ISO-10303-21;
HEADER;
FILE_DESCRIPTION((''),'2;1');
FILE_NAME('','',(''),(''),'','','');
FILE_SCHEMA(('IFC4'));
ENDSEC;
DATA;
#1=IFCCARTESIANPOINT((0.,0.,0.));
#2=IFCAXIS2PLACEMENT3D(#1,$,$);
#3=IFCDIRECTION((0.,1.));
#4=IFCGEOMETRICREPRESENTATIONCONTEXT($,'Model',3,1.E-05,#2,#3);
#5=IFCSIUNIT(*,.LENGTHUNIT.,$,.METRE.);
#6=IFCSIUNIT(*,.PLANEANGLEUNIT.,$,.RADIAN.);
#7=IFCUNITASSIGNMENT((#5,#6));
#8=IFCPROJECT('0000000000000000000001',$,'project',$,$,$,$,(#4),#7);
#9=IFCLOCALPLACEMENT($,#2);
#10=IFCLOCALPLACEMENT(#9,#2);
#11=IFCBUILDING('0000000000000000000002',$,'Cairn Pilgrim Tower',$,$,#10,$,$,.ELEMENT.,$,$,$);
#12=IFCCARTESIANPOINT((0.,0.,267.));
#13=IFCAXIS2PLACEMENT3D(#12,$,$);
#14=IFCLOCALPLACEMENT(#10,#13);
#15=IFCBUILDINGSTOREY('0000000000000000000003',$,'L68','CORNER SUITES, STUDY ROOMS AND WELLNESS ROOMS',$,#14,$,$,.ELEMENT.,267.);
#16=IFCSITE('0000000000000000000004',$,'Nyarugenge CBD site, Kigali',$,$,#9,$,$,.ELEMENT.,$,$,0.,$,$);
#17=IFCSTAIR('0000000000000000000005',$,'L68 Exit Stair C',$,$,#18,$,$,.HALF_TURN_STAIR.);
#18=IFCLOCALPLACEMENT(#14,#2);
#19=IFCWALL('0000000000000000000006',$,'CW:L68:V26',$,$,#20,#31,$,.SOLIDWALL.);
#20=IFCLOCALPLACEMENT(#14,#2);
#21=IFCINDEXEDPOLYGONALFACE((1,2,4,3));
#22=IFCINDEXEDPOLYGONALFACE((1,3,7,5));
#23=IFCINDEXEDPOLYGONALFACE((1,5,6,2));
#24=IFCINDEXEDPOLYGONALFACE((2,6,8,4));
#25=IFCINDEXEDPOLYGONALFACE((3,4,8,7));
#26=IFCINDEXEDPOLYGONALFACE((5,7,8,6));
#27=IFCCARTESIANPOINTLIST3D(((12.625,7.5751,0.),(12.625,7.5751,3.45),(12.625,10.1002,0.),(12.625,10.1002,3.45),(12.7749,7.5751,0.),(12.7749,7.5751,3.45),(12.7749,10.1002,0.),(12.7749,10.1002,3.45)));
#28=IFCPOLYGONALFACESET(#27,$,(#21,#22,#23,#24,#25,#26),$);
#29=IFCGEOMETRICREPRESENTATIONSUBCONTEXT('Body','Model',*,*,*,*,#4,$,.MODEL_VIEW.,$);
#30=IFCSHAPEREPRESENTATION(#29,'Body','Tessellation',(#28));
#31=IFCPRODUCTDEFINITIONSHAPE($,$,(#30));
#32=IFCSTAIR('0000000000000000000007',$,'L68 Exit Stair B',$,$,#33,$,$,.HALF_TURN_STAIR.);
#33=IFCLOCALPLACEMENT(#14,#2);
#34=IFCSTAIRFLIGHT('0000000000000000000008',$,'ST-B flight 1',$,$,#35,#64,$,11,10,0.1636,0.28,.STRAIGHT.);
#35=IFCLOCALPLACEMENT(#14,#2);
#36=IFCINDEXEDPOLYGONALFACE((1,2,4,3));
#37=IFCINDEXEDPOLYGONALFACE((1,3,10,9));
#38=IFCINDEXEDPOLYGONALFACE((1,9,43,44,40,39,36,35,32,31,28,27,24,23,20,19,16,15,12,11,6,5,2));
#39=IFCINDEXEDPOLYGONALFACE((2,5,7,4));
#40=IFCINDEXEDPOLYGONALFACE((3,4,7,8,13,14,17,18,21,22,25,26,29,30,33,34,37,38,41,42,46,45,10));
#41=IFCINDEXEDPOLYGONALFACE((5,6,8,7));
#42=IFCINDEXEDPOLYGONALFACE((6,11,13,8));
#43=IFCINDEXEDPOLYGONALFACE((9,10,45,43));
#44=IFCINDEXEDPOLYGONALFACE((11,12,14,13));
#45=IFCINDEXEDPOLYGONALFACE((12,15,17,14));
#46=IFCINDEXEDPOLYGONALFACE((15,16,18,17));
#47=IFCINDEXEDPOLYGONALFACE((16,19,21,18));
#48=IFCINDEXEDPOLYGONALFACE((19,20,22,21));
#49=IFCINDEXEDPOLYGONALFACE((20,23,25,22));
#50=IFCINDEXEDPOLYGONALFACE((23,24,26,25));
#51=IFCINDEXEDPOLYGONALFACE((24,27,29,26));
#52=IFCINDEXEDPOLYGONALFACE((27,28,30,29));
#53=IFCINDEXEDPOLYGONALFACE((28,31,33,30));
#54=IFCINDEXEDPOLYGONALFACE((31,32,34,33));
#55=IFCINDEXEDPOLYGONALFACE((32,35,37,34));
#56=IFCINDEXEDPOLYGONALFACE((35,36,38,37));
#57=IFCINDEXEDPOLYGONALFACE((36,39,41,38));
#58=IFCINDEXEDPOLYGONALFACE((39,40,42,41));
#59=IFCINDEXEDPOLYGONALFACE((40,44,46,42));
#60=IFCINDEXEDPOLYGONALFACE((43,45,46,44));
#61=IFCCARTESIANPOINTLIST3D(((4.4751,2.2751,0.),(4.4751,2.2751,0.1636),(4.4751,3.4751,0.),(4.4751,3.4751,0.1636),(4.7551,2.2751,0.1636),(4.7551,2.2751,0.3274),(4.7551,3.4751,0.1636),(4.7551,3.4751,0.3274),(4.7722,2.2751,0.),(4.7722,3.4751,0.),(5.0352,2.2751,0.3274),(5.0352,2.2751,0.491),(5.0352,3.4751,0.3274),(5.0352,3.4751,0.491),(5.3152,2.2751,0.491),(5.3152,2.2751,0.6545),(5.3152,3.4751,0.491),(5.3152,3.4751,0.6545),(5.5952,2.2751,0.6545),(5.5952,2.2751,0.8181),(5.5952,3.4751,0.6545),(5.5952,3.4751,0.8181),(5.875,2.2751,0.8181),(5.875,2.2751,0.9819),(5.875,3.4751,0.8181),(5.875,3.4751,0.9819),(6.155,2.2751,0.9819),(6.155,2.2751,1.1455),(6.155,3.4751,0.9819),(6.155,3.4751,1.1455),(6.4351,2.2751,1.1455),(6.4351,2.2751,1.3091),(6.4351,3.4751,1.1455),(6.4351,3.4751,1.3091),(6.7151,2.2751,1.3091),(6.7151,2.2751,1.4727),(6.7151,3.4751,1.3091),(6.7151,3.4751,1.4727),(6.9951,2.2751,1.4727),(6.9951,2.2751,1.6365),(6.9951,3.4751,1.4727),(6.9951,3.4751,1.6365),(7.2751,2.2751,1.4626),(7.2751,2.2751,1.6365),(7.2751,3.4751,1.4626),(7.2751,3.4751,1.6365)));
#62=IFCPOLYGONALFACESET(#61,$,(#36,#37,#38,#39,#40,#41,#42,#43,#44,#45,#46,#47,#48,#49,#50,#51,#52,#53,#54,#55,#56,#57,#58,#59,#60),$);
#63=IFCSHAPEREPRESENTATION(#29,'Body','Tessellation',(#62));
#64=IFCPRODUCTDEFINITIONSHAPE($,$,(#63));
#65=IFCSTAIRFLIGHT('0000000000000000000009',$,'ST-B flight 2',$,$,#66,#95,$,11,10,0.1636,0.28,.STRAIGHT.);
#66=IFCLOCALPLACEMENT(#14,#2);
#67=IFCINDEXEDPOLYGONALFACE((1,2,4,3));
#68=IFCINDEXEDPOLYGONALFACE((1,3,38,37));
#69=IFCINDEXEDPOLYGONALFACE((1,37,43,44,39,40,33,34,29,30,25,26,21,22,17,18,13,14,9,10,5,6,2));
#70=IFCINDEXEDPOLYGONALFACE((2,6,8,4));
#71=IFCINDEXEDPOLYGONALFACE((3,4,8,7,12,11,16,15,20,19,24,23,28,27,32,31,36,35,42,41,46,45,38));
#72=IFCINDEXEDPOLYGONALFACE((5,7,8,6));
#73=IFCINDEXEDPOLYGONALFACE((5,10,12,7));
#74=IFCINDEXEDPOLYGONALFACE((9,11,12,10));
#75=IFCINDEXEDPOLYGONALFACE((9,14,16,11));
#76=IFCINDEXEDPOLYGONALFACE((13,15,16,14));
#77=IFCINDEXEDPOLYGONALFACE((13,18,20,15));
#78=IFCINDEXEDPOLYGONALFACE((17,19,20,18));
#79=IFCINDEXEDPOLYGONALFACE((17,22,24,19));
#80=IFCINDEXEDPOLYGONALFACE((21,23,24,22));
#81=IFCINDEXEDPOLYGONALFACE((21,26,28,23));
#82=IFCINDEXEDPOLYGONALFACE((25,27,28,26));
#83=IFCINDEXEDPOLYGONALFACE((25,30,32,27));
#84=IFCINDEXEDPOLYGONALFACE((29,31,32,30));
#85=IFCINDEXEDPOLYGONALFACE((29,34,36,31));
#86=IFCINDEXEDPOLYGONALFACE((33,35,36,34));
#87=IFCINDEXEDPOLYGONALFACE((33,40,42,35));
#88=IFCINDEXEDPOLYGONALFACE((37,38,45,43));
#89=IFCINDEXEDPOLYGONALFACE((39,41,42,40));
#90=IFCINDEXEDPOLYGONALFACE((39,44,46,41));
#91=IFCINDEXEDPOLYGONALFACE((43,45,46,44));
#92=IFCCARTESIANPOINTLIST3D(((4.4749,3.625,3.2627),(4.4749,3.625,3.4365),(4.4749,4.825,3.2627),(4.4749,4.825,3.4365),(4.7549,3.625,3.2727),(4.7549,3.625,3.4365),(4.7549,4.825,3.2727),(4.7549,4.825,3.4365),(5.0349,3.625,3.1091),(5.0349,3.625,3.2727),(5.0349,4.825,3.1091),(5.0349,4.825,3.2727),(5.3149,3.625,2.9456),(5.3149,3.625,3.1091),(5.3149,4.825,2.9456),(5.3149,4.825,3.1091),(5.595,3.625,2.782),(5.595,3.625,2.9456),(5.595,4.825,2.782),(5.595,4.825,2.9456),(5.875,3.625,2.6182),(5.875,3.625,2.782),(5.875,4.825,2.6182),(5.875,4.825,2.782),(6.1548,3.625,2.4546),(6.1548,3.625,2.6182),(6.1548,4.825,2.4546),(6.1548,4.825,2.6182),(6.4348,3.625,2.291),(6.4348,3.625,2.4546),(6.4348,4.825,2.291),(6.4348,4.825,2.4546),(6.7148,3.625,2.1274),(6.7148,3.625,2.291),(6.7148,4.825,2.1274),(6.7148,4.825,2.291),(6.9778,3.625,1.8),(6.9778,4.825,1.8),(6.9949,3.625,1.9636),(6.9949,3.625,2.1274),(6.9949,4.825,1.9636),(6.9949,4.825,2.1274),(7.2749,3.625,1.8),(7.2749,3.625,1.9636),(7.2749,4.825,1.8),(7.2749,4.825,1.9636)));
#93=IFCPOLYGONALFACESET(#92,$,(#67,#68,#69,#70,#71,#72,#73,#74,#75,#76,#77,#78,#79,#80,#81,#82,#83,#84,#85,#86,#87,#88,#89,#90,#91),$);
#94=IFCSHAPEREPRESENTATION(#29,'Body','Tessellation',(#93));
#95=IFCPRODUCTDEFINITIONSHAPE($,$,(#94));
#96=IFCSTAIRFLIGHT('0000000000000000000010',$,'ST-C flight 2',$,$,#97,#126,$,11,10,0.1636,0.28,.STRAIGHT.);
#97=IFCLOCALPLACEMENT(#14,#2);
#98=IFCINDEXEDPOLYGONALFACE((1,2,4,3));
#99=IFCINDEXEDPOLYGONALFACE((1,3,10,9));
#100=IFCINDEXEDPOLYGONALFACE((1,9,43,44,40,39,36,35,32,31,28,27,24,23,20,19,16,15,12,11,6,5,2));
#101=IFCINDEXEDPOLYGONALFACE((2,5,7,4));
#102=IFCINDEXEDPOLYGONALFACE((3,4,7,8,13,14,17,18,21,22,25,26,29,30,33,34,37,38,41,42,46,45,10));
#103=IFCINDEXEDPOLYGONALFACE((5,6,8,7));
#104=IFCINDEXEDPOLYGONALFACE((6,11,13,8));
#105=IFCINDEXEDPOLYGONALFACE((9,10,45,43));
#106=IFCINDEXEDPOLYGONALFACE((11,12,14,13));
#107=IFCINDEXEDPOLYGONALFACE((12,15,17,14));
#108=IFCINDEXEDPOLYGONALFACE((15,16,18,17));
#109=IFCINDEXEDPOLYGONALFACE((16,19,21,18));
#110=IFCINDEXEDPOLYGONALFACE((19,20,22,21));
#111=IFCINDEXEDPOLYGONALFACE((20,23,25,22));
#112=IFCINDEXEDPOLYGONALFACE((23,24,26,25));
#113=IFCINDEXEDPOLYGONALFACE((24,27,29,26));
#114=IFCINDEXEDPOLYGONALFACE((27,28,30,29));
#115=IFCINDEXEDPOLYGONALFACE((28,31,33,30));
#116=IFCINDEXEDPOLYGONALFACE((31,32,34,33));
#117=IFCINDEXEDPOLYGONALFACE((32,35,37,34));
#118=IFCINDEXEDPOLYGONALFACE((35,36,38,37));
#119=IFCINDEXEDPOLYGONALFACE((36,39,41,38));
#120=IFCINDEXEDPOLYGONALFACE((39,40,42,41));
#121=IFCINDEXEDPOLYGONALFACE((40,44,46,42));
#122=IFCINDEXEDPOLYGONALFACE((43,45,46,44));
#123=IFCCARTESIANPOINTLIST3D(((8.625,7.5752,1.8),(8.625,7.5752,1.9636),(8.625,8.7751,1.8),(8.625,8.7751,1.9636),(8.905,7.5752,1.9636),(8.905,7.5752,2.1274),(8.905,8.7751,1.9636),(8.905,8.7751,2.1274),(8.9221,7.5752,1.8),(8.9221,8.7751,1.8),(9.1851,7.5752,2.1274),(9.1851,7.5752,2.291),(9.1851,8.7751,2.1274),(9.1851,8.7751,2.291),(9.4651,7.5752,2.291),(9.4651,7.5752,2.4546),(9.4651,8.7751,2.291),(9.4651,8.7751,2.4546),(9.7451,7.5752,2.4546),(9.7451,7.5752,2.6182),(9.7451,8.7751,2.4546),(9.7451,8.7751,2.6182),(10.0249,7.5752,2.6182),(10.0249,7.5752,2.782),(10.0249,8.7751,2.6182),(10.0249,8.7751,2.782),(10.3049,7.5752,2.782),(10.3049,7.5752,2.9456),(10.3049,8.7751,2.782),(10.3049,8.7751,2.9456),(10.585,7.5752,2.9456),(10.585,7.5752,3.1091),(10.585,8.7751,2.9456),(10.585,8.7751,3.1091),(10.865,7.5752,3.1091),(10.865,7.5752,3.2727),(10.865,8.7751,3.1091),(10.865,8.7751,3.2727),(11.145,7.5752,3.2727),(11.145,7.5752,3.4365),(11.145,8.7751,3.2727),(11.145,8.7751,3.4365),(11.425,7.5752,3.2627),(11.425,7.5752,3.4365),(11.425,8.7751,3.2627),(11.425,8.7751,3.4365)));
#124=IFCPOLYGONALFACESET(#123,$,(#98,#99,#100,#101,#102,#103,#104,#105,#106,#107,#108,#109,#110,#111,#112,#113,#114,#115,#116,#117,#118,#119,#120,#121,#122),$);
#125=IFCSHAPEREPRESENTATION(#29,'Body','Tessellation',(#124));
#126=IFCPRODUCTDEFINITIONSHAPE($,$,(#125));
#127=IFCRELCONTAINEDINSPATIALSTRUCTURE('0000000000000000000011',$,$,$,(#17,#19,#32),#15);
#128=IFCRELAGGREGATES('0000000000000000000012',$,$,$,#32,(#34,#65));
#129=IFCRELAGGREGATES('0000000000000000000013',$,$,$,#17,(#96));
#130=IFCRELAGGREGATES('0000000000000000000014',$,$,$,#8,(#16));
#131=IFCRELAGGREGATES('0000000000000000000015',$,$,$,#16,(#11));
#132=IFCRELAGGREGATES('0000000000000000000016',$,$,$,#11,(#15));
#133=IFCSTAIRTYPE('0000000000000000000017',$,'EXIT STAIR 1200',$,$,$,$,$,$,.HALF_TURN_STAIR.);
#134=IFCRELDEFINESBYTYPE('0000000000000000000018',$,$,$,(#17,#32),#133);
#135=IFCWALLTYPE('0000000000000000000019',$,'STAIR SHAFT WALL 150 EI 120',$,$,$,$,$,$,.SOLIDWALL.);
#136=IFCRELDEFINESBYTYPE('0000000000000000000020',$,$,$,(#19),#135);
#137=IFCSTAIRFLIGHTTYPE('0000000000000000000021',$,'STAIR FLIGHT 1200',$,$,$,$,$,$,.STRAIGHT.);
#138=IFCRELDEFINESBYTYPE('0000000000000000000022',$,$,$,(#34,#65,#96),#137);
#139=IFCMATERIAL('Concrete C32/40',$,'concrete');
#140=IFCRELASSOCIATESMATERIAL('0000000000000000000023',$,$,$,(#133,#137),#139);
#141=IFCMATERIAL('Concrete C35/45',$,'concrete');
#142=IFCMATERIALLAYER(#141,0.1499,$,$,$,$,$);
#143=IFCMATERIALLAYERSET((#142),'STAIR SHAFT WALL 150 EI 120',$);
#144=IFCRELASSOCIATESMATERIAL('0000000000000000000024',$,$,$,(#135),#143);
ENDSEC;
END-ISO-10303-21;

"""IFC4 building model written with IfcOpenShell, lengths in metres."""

from ifc_helpers import new_model, si_unit, direction, frame, frame_2d, origin, place, context, subcontext, project, spatial, polyline, rectangle, outline, extrude, material, layer, layer_set, type_object, element, aggregate, save


model = new_model("IFC4")

# Units and contexts
model_context = context("Model", 3, precision=1e-05, world=origin(), true_north=direction((0.0, 1.0)))
body_context = subcontext(model_context, "Body", "Model", "MODEL_VIEW")
ifc_project = project(units=[si_unit("LENGTHUNIT", "METRE"), si_unit("PLANEANGLEUNIT", "RADIAN")], contexts=[model_context])

# Site, building, storey
site_placement = place(None, origin())
site = spatial("IfcSite", under=ifc_project, at=site_placement, Name="Nyarugenge CBD site, Kigali", CompositionType="ELEMENT", RefElevation=0.0)
building_placement = place(site_placement, origin())
building = spatial("IfcBuilding", under=site, at=building_placement, Name="Cairn Pilgrim Tower", CompositionType="ELEMENT")
storey_placement = place(building_placement, frame((0.0, 0.0, 267.0)))
storey = spatial("IfcBuildingStorey", under=building, at=storey_placement, Name="L68", Description="CORNER SUITES, STUDY ROOMS AND WELLNESS ROOMS", CompositionType="ELEMENT", Elevation=267.0)

# Stair
ifc_material_1 = material(Name="Concrete C32/40", Category="concrete")
stair_type = type_object("IfcStairType", Name="EXIT STAIR 1200", PredefinedType="HALF_TURN_STAIR", material=ifc_material_1)
stair_1_placement = place(storey_placement, origin())
stair_1 = element("IfcStair", 1, at=stair_1_placement, inside=storey, type_object=stair_type, Name="L68 Exit Stair C", PredefinedType="HALF_TURN_STAIR")

# Shared definitions
ifc_material_2 = material(Name="Concrete C35/45", Category="concrete")
ifc_layer_1 = layer(ifc_material_2, 0.1499)
ifc_layer_set_1 = layer_set([ifc_layer_1], Name="STAIR SHAFT WALL 150 EI 120")
wall_type_1 = type_object("IfcWallType", Name="STAIR SHAFT WALL 150 EI 120", PredefinedType="SOLIDWALL", material=ifc_layer_set_1)

# Wall
wall_1_placement = place(storey_placement, frame((12.7, 7.575, 0.0), z_axis=(0.0, 0.0, 1.0), x_axis=(0.0, 1.0, 0.0)))
element("IfcWall", 2, at=wall_1_placement, inside=storey, type_object=wall_type_1, Name="CW:L68:V26", PredefinedType="SOLIDWALL", context=body_context, shape_type="SweptSolid", body=[
    extrude(rectangle(XDim=2.5251, YDim=0.1499, at=frame_2d((1.2627, 0.0))), origin(), (0.0, 0.0, 1.0), 3.45),
])

# Stair, stair flights
stair_2_placement = place(storey_placement, origin())
stair_2 = element("IfcStair", 3, at=stair_2_placement, inside=storey, type_object=stair_type, Name="L68 Exit Stair B", PredefinedType="HALF_TURN_STAIR")
stair_flight_type = type_object("IfcStairFlightType", Name="STAIR FLIGHT 1200", PredefinedType="STRAIGHT", material=ifc_material_1)
stair_flight_1_placement = place(storey_placement, frame((4.4751, 2.875, 0.0), z_axis=(0.0, 0.0, 1.0), x_axis=(1.0, 0.0, 0.0)))
stair_flight_1 = element("IfcStairFlight", 4, at=stair_flight_1_placement, type_object=stair_flight_type, Name="ST-B flight 1", NumberOfRisers=11, NumberOfTreads=10, PredefinedType="STRAIGHT", RiserHeight=0.1636, TreadLength=0.28, context=body_context, shape_type="SweptSolid", body=[
    extrude(outline(polyline([(0.0, 0.0), (0.0, 0.1636), (0.28, 0.1636), (0.28, 0.3274), (0.5601, 0.3274), (0.5601, 0.491), (0.8401, 0.491), (0.8401, 0.6545), (1.1201, 0.6545), (1.1201, 0.8181), (1.3999, 0.8181), (1.3999, 0.9819), (1.6799, 0.9819), (1.6799, 1.1455), (1.96, 1.1455), (1.96, 1.3091), (2.24, 1.3091), (2.24, 1.4727), (2.52, 1.4727), (2.52, 1.6365), (2.8, 1.6365), (2.8, 1.8), (2.8, 1.4626), (0.2971, 0.0), (0.0, 0.0)])), frame((0.0, 0.6001, 0.0), z_axis=(0.0, -1.0, 0.0), x_axis=(1.0, 0.0, 0.0)), (0.0, 0.0, 1.0), 1.2),
])
stair_flight_2_placement = place(storey_placement, frame((7.2749, 4.2251, 1.8), z_axis=(0.0, 0.0, 1.0), x_axis=(-1.0, 0.0, 0.0)))
stair_flight_2 = element("IfcStairFlight", 5, at=stair_flight_2_placement, type_object=stair_flight_type, Name="ST-B flight 2", NumberOfRisers=11, NumberOfTreads=10, PredefinedType="STRAIGHT", RiserHeight=0.1636, TreadLength=0.28, context=body_context, shape_type="SweptSolid", body=[
    extrude(outline(polyline([(0.0, 0.0), (0.0, 0.1636), (0.28, 0.1636), (0.28, 0.3274), (0.5601, 0.3274), (0.5601, 0.491), (0.8401, 0.491), (0.8401, 0.6545), (1.1201, 0.6545), (1.1201, 0.8181), (1.3999, 0.8181), (1.3999, 0.9819), (1.6799, 0.9819), (1.6799, 1.1455), (1.96, 1.1455), (1.96, 1.3091), (2.24, 1.3091), (2.24, 1.4727), (2.52, 1.4727), (2.52, 1.6365), (2.8, 1.6365), (2.8, 1.8), (2.8, 1.4626), (0.2971, 0.0), (0.0, 0.0)])), frame((0.0, 0.6001, 0.0), z_axis=(0.0, -1.0, 0.0), x_axis=(1.0, 0.0, 0.0)), (0.0, 0.0, 1.0), 1.2),
])
aggregate(stair_2, [stair_flight_1, stair_flight_2])

# Stair flight
stair_flight_3_placement = place(storey_placement, frame((8.625, 8.175, 1.8), z_axis=(0.0, 0.0, 1.0), x_axis=(1.0, 0.0, 0.0)))
stair_flight_3 = element("IfcStairFlight", 6, at=stair_flight_3_placement, type_object=stair_flight_type, Name="ST-C flight 2", NumberOfRisers=11, NumberOfTreads=10, PredefinedType="STRAIGHT", RiserHeight=0.1636, TreadLength=0.28, context=body_context, shape_type="SweptSolid", body=[
    extrude(outline(polyline([(0.0, 0.0), (0.0, 0.1636), (0.28, 0.1636), (0.28, 0.3274), (0.5601, 0.3274), (0.5601, 0.491), (0.8401, 0.491), (0.8401, 0.6545), (1.1201, 0.6545), (1.1201, 0.8181), (1.3999, 0.8181), (1.3999, 0.9819), (1.6799, 0.9819), (1.6799, 1.1455), (1.96, 1.1455), (1.96, 1.3091), (2.24, 1.3091), (2.24, 1.4727), (2.52, 1.4727), (2.52, 1.6365), (2.8, 1.6365), (2.8, 1.8), (2.8, 1.4626), (0.2971, 0.0), (0.0, 0.0)])), frame((0.0, 0.6001, 0.0), z_axis=(0.0, -1.0, 0.0), x_axis=(1.0, 0.0, 0.0)), (0.0, 0.0, 1.0), 1.2),
])
aggregate(stair_1, [stair_flight_3])

save(model, "model.ifc")
